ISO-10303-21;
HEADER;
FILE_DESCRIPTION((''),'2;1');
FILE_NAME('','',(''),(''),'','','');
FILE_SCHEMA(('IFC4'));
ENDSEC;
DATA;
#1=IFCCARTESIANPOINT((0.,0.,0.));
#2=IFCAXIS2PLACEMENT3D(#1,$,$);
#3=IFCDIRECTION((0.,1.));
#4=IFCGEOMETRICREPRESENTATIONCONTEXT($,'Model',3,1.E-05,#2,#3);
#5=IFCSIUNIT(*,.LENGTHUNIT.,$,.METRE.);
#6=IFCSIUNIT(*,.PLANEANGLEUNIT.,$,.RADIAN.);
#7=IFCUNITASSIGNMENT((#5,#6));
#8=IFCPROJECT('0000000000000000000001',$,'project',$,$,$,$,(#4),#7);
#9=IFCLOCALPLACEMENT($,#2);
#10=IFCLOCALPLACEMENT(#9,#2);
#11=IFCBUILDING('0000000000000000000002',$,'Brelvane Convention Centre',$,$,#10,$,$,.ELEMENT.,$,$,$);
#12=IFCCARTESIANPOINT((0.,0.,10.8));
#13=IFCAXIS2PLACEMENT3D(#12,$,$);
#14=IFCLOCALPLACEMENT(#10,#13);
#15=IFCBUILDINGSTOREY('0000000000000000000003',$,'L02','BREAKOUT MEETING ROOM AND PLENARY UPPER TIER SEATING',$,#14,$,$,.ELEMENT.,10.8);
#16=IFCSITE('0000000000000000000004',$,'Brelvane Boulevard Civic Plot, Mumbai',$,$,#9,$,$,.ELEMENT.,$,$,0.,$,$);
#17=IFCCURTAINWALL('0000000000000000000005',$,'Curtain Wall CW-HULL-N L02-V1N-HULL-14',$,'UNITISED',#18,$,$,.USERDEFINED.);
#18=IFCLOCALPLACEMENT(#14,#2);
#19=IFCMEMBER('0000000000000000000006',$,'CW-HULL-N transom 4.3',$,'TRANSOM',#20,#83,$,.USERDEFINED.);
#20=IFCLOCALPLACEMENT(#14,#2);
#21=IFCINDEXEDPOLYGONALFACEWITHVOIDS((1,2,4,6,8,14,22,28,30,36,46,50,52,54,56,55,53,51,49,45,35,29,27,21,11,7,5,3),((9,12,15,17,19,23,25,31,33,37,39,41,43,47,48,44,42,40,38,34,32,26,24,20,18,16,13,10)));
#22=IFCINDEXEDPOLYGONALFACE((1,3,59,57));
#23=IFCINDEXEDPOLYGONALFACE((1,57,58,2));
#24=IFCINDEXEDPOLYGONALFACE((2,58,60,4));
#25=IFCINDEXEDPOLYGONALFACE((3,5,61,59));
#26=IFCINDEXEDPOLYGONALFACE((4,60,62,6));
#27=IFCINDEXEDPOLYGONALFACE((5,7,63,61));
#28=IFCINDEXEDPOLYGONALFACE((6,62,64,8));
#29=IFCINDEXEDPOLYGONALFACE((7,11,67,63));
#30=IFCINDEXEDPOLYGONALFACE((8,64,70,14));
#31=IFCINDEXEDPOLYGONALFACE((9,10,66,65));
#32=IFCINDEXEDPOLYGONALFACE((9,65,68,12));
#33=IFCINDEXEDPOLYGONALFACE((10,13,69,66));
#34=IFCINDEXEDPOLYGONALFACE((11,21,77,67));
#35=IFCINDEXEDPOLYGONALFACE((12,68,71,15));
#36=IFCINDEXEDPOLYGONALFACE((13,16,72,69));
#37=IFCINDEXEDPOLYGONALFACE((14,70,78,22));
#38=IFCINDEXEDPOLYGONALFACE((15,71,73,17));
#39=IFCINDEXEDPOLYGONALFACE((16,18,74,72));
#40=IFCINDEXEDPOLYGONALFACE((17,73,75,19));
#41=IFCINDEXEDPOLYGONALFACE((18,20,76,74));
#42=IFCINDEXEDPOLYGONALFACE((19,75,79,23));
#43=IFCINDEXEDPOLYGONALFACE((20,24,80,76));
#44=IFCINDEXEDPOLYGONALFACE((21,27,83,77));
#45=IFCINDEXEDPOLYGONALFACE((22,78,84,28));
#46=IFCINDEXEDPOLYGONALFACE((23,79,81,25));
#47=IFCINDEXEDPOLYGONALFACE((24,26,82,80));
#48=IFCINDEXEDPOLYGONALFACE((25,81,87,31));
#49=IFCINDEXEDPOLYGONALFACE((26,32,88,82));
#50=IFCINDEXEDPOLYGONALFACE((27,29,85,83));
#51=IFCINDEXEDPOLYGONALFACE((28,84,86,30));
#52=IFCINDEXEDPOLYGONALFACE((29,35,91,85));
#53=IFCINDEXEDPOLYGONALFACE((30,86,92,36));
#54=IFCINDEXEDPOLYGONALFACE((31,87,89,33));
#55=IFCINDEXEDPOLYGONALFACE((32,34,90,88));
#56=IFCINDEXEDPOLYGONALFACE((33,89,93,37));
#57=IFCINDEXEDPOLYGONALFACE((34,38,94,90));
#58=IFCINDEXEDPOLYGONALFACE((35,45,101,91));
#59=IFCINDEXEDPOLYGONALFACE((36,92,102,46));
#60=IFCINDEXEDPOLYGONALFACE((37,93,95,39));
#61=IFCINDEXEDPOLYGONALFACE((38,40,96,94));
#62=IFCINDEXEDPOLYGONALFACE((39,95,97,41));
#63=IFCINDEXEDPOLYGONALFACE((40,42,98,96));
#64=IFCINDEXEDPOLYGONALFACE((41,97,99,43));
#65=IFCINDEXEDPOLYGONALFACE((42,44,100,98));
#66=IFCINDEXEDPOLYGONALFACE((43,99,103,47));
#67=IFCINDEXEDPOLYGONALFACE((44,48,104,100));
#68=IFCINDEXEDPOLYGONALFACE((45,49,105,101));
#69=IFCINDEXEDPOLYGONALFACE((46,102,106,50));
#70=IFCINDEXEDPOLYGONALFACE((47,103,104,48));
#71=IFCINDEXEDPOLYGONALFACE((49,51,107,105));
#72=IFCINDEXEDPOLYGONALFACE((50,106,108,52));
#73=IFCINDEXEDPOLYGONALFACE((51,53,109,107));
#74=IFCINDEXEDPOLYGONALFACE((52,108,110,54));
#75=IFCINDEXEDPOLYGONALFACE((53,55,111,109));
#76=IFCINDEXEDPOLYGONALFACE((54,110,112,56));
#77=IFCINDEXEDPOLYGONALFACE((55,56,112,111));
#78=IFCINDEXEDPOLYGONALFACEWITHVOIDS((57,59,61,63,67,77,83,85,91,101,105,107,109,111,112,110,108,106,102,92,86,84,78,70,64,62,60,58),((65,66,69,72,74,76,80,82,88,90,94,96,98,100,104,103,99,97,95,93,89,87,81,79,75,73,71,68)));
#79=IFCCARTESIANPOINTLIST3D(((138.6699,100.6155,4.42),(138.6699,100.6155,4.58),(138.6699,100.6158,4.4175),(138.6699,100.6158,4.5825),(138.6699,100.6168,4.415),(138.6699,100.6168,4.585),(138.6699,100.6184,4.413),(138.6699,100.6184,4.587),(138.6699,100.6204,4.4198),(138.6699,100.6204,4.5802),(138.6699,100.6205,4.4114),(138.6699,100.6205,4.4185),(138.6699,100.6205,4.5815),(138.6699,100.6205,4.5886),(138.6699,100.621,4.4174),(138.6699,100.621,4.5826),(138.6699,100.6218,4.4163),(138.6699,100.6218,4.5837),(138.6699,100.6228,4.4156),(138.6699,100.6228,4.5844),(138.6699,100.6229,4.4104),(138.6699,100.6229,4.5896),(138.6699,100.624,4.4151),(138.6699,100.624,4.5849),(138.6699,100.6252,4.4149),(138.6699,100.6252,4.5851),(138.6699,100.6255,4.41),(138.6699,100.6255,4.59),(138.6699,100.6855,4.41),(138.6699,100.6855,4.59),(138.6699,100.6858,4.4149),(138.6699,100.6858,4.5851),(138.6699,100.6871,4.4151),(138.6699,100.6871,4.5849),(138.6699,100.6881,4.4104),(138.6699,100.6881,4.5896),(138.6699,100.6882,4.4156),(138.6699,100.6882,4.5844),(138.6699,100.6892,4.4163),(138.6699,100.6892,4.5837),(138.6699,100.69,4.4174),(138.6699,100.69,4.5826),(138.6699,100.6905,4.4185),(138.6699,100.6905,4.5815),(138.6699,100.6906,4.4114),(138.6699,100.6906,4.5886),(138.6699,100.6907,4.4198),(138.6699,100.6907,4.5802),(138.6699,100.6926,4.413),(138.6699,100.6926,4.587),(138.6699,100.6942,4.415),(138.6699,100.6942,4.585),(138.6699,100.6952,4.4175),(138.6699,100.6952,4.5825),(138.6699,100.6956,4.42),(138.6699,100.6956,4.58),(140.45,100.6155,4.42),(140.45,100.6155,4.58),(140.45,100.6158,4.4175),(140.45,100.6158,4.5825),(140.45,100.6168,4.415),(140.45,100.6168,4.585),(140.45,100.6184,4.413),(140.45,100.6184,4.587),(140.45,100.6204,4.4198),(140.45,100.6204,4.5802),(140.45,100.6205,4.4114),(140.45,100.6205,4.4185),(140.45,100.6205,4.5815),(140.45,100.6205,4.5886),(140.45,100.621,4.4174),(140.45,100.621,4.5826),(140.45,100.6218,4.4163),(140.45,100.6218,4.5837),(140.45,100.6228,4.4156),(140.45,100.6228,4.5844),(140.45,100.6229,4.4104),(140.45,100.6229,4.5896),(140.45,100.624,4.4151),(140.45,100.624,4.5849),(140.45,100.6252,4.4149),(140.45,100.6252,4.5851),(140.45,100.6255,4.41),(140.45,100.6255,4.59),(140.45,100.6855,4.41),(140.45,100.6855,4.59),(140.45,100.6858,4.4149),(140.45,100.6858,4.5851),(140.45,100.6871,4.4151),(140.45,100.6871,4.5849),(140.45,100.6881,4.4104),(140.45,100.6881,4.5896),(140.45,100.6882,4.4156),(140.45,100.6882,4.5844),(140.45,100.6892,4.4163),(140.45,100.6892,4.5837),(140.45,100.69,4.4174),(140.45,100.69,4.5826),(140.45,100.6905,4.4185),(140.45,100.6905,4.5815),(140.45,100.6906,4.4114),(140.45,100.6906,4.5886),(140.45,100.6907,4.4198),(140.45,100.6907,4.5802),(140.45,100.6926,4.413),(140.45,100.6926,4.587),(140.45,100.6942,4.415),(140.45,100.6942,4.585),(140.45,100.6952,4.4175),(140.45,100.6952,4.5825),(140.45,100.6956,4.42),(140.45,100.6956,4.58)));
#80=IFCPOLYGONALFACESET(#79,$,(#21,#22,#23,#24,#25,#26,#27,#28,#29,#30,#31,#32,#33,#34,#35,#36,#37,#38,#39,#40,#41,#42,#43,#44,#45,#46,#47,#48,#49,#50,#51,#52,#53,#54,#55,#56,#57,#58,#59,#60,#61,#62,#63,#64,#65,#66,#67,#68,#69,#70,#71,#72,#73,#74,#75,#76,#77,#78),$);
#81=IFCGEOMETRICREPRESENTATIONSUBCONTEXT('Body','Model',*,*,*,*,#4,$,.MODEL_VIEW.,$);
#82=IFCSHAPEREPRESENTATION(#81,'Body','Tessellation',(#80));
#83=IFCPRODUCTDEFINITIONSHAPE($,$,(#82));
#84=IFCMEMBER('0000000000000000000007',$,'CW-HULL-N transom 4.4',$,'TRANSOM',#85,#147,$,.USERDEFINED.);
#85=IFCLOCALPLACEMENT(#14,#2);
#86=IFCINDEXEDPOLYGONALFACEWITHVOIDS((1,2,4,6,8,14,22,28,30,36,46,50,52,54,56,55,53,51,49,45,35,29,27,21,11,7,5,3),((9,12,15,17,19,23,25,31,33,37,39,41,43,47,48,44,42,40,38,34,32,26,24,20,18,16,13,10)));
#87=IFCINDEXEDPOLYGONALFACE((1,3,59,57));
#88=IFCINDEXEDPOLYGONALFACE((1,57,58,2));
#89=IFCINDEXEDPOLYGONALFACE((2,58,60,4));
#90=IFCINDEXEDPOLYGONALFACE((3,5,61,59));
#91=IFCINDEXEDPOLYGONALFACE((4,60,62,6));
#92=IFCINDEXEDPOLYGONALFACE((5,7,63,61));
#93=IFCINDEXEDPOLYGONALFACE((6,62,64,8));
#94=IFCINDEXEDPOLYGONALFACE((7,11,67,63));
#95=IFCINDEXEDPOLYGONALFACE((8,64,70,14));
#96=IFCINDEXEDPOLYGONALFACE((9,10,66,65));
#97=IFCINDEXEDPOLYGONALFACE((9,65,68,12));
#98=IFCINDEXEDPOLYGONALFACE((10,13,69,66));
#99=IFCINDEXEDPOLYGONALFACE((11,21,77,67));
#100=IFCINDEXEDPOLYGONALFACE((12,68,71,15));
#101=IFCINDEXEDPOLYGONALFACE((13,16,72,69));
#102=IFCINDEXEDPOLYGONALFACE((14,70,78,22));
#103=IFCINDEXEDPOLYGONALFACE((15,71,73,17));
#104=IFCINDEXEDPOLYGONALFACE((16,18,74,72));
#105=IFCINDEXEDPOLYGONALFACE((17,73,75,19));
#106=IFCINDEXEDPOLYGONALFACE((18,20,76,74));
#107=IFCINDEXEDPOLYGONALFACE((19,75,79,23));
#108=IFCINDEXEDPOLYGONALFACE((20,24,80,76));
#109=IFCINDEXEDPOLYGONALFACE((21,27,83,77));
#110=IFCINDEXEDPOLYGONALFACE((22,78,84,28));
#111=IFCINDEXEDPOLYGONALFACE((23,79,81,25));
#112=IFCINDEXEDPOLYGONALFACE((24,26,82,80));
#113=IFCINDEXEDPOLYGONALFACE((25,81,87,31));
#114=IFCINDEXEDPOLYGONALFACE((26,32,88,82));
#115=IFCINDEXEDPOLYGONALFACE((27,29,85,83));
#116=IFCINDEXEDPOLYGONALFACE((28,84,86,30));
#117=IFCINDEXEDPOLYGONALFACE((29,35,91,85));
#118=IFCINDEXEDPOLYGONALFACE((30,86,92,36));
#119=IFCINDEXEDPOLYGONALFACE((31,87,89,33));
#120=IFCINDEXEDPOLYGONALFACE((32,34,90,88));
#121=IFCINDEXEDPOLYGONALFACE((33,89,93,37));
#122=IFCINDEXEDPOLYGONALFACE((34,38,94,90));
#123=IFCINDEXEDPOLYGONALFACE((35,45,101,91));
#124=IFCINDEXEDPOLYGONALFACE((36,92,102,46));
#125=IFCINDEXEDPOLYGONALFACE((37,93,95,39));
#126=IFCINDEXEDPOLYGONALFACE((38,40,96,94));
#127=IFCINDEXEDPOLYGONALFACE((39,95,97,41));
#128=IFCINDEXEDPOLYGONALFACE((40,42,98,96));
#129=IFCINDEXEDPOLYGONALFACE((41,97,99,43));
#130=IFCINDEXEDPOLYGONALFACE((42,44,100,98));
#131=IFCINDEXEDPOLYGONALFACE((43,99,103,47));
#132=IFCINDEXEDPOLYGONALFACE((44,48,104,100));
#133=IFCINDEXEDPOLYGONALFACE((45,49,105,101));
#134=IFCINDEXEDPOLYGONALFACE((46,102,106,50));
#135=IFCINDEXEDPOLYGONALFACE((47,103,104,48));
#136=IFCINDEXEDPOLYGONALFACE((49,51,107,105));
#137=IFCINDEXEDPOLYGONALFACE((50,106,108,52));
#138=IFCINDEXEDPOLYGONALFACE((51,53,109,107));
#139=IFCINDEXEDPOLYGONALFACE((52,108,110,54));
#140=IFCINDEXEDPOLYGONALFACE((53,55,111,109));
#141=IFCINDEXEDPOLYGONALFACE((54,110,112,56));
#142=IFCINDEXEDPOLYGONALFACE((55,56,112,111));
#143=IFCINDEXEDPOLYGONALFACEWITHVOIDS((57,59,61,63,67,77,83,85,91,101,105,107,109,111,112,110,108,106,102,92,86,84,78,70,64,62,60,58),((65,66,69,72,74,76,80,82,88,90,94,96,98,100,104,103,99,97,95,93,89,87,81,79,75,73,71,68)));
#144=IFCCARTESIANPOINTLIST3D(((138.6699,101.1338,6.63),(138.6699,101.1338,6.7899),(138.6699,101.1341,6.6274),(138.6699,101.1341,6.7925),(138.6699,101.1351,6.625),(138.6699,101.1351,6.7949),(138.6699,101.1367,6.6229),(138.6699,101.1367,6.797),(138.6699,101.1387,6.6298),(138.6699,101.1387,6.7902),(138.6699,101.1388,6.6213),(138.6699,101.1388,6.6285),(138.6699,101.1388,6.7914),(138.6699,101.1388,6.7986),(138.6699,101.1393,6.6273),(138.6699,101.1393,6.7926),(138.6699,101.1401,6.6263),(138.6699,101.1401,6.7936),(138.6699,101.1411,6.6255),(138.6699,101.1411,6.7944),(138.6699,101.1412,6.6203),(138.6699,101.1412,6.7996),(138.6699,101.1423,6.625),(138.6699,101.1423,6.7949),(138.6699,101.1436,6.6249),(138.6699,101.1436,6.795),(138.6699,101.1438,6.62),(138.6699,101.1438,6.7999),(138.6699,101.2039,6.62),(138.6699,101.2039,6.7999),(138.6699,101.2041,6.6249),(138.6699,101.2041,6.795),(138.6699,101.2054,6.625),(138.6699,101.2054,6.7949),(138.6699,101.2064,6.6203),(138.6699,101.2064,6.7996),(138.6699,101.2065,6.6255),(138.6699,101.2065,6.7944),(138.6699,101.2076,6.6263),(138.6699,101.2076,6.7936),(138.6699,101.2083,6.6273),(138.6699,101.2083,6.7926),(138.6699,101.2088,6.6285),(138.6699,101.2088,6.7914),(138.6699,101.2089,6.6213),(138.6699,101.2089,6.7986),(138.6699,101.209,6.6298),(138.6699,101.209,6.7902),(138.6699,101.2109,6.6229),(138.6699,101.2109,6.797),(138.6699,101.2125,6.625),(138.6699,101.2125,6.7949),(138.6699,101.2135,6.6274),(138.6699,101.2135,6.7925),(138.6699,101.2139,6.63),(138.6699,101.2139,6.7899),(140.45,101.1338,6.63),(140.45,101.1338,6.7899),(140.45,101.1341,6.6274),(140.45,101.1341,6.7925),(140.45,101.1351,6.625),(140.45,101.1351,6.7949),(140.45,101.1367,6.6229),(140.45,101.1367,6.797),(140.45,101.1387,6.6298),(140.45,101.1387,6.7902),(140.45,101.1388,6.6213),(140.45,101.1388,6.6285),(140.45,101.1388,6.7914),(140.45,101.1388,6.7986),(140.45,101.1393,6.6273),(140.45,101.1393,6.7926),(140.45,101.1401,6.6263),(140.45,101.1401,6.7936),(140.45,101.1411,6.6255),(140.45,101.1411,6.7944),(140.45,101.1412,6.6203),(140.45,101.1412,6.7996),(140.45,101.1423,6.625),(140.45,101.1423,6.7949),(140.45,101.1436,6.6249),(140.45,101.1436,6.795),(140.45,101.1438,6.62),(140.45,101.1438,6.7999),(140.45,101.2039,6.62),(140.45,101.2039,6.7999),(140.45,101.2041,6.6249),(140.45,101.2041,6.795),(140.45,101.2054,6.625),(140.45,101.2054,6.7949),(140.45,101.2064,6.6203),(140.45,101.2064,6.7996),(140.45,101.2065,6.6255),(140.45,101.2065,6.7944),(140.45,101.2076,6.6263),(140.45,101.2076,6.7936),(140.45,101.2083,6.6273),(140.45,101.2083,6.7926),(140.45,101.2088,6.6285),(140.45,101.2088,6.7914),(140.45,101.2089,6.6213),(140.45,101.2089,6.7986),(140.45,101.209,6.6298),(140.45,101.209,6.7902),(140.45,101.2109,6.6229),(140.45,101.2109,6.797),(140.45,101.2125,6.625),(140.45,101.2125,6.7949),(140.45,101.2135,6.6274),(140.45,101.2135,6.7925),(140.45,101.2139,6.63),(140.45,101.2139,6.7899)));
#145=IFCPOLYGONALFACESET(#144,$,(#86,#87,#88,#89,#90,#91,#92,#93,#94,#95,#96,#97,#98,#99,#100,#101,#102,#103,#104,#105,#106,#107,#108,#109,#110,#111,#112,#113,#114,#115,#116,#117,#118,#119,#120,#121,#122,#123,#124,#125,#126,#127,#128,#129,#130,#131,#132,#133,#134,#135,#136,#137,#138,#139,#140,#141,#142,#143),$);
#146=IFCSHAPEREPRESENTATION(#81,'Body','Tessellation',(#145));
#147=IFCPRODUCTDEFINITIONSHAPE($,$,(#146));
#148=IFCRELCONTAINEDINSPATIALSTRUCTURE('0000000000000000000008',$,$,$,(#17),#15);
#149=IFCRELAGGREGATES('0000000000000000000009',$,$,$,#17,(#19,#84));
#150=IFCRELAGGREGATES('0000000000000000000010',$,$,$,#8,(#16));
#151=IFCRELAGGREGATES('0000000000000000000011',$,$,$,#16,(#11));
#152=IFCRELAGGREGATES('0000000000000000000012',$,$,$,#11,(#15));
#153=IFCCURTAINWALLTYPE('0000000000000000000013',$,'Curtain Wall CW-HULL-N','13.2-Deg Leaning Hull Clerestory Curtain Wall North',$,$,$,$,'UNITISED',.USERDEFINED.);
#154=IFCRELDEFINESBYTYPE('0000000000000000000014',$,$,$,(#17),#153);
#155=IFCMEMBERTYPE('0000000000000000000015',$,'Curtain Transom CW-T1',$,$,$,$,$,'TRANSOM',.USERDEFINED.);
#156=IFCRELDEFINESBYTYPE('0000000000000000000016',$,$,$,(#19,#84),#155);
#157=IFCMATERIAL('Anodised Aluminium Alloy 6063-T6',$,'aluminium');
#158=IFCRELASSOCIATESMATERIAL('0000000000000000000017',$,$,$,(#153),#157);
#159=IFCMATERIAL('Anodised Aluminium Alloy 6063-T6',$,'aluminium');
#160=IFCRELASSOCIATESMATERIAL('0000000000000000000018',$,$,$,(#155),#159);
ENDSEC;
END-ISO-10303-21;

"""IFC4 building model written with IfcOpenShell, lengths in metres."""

from ifc_helpers import new_model, si_unit, direction, frame, origin, origin_2d, place, context, subcontext, project, spatial, hollow_rectangle, extrude, material, material_profile, profile_set, type_object, element, aggregate, save


model = new_model("IFC4")

# Units and contexts
model_context = context("Model", 3, precision=1e-05, world=origin(), true_north=direction((0.0, 1.0)))
body_context = subcontext(model_context, "Body", "Model", "MODEL_VIEW")
ifc_project = project(units=[si_unit("LENGTHUNIT", "METRE"), si_unit("PLANEANGLEUNIT", "RADIAN")], contexts=[model_context])

# Site, building, storey
site_placement = place(None, origin())
site = spatial("IfcSite", under=ifc_project, at=site_placement, Name="Brelvane Boulevard Civic Plot, Mumbai", CompositionType="ELEMENT", RefElevation=0.0)
building_placement = place(site_placement, origin())
building = spatial("IfcBuilding", under=site, at=building_placement, Name="Brelvane Convention Centre", CompositionType="ELEMENT")
storey_placement = place(building_placement, frame((0.0, 0.0, 10.8)))
storey = spatial("IfcBuildingStorey", under=building, at=storey_placement, Name="L02", Description="BREAKOUT MEETING ROOM AND PLENARY UPPER TIER SEATING", CompositionType="ELEMENT", Elevation=10.8)

# Curtain wall, members
ifc_material_1 = material(Name="Anodised Aluminium Alloy 6063-T6", Category="aluminium")
curtain_wall_type_1 = type_object("IfcCurtainWallType", Name="Curtain Wall CW-HULL-N", Description="13.2-Deg Leaning Hull Clerestory Curtain Wall North", ElementType="UNITISED", PredefinedType="USERDEFINED", material=ifc_material_1)
ifc_material_2 = material(Name="Anodised Aluminium Alloy 6063-T6", Category="aluminium")
ifc_material_profile_1 = material_profile(ifc_material_2, hollow_rectangle(XDim=0.0801, YDim=0.1799, WallThickness=0.0049, InnerFilletRadius=0.0049, OuterFilletRadius=0.01, at=origin_2d()), Name="ALU-T 180x80x5.0")
ifc_profile_set_1 = profile_set([ifc_material_profile_1], Name="Anodised Aluminium Alloy 6063-T6")
member_type_1 = type_object("IfcMemberType", Name="Curtain Transom CW-T1", ElementType="TRANSOM", PredefinedType="USERDEFINED", material=ifc_profile_set_1)
curtain_wall_1_placement = place(storey_placement, origin())
curtain_wall_1 = element("IfcCurtainWall", 1, at=curtain_wall_1_placement, inside=storey, type_object=curtain_wall_type_1, Name="Curtain Wall CW-HULL-N L02-V1N-HULL-14", ObjectType="UNITISED", PredefinedType="USERDEFINED")
member_1_placement = place(storey_placement, frame((138.6699, 100.6555, 4.5), z_axis=(1.0, 0.0, 0.0), x_axis=(0.0, 1.0, 0.0)))
member_1 = element("IfcMember", 2, at=member_1_placement, type_object=member_type_1, Name="CW-HULL-N transom 4.3", ObjectType="TRANSOM", PredefinedType="USERDEFINED", context=body_context, shape_type="SweptSolid", body=[
    extrude(hollow_rectangle(XDim=0.0801, YDim=0.1799, WallThickness=0.0049, InnerFilletRadius=0.0049, OuterFilletRadius=0.01, at=origin_2d()), origin(), (0.0, 0.0, 1.0), 1.78),
])
member_2_placement = place(storey_placement, frame((138.6699, 101.1738, 6.71), z_axis=(1.0, 0.0, 0.0), x_axis=(0.0, 1.0, 0.0)))
member_2 = element("IfcMember", 3, at=member_2_placement, type_object=member_type_1, Name="CW-HULL-N transom 4.4", ObjectType="TRANSOM", PredefinedType="USERDEFINED", context=body_context, shape_type="SweptSolid", body=[
    extrude(hollow_rectangle(XDim=0.0801, YDim=0.1799, WallThickness=0.0049, InnerFilletRadius=0.0049, OuterFilletRadius=0.01, at=origin_2d()), origin(), (0.0, 0.0, 1.0), 1.78),
])

aggregate(curtain_wall_1, [member_1, member_2])

save(model, "model.ifc")
